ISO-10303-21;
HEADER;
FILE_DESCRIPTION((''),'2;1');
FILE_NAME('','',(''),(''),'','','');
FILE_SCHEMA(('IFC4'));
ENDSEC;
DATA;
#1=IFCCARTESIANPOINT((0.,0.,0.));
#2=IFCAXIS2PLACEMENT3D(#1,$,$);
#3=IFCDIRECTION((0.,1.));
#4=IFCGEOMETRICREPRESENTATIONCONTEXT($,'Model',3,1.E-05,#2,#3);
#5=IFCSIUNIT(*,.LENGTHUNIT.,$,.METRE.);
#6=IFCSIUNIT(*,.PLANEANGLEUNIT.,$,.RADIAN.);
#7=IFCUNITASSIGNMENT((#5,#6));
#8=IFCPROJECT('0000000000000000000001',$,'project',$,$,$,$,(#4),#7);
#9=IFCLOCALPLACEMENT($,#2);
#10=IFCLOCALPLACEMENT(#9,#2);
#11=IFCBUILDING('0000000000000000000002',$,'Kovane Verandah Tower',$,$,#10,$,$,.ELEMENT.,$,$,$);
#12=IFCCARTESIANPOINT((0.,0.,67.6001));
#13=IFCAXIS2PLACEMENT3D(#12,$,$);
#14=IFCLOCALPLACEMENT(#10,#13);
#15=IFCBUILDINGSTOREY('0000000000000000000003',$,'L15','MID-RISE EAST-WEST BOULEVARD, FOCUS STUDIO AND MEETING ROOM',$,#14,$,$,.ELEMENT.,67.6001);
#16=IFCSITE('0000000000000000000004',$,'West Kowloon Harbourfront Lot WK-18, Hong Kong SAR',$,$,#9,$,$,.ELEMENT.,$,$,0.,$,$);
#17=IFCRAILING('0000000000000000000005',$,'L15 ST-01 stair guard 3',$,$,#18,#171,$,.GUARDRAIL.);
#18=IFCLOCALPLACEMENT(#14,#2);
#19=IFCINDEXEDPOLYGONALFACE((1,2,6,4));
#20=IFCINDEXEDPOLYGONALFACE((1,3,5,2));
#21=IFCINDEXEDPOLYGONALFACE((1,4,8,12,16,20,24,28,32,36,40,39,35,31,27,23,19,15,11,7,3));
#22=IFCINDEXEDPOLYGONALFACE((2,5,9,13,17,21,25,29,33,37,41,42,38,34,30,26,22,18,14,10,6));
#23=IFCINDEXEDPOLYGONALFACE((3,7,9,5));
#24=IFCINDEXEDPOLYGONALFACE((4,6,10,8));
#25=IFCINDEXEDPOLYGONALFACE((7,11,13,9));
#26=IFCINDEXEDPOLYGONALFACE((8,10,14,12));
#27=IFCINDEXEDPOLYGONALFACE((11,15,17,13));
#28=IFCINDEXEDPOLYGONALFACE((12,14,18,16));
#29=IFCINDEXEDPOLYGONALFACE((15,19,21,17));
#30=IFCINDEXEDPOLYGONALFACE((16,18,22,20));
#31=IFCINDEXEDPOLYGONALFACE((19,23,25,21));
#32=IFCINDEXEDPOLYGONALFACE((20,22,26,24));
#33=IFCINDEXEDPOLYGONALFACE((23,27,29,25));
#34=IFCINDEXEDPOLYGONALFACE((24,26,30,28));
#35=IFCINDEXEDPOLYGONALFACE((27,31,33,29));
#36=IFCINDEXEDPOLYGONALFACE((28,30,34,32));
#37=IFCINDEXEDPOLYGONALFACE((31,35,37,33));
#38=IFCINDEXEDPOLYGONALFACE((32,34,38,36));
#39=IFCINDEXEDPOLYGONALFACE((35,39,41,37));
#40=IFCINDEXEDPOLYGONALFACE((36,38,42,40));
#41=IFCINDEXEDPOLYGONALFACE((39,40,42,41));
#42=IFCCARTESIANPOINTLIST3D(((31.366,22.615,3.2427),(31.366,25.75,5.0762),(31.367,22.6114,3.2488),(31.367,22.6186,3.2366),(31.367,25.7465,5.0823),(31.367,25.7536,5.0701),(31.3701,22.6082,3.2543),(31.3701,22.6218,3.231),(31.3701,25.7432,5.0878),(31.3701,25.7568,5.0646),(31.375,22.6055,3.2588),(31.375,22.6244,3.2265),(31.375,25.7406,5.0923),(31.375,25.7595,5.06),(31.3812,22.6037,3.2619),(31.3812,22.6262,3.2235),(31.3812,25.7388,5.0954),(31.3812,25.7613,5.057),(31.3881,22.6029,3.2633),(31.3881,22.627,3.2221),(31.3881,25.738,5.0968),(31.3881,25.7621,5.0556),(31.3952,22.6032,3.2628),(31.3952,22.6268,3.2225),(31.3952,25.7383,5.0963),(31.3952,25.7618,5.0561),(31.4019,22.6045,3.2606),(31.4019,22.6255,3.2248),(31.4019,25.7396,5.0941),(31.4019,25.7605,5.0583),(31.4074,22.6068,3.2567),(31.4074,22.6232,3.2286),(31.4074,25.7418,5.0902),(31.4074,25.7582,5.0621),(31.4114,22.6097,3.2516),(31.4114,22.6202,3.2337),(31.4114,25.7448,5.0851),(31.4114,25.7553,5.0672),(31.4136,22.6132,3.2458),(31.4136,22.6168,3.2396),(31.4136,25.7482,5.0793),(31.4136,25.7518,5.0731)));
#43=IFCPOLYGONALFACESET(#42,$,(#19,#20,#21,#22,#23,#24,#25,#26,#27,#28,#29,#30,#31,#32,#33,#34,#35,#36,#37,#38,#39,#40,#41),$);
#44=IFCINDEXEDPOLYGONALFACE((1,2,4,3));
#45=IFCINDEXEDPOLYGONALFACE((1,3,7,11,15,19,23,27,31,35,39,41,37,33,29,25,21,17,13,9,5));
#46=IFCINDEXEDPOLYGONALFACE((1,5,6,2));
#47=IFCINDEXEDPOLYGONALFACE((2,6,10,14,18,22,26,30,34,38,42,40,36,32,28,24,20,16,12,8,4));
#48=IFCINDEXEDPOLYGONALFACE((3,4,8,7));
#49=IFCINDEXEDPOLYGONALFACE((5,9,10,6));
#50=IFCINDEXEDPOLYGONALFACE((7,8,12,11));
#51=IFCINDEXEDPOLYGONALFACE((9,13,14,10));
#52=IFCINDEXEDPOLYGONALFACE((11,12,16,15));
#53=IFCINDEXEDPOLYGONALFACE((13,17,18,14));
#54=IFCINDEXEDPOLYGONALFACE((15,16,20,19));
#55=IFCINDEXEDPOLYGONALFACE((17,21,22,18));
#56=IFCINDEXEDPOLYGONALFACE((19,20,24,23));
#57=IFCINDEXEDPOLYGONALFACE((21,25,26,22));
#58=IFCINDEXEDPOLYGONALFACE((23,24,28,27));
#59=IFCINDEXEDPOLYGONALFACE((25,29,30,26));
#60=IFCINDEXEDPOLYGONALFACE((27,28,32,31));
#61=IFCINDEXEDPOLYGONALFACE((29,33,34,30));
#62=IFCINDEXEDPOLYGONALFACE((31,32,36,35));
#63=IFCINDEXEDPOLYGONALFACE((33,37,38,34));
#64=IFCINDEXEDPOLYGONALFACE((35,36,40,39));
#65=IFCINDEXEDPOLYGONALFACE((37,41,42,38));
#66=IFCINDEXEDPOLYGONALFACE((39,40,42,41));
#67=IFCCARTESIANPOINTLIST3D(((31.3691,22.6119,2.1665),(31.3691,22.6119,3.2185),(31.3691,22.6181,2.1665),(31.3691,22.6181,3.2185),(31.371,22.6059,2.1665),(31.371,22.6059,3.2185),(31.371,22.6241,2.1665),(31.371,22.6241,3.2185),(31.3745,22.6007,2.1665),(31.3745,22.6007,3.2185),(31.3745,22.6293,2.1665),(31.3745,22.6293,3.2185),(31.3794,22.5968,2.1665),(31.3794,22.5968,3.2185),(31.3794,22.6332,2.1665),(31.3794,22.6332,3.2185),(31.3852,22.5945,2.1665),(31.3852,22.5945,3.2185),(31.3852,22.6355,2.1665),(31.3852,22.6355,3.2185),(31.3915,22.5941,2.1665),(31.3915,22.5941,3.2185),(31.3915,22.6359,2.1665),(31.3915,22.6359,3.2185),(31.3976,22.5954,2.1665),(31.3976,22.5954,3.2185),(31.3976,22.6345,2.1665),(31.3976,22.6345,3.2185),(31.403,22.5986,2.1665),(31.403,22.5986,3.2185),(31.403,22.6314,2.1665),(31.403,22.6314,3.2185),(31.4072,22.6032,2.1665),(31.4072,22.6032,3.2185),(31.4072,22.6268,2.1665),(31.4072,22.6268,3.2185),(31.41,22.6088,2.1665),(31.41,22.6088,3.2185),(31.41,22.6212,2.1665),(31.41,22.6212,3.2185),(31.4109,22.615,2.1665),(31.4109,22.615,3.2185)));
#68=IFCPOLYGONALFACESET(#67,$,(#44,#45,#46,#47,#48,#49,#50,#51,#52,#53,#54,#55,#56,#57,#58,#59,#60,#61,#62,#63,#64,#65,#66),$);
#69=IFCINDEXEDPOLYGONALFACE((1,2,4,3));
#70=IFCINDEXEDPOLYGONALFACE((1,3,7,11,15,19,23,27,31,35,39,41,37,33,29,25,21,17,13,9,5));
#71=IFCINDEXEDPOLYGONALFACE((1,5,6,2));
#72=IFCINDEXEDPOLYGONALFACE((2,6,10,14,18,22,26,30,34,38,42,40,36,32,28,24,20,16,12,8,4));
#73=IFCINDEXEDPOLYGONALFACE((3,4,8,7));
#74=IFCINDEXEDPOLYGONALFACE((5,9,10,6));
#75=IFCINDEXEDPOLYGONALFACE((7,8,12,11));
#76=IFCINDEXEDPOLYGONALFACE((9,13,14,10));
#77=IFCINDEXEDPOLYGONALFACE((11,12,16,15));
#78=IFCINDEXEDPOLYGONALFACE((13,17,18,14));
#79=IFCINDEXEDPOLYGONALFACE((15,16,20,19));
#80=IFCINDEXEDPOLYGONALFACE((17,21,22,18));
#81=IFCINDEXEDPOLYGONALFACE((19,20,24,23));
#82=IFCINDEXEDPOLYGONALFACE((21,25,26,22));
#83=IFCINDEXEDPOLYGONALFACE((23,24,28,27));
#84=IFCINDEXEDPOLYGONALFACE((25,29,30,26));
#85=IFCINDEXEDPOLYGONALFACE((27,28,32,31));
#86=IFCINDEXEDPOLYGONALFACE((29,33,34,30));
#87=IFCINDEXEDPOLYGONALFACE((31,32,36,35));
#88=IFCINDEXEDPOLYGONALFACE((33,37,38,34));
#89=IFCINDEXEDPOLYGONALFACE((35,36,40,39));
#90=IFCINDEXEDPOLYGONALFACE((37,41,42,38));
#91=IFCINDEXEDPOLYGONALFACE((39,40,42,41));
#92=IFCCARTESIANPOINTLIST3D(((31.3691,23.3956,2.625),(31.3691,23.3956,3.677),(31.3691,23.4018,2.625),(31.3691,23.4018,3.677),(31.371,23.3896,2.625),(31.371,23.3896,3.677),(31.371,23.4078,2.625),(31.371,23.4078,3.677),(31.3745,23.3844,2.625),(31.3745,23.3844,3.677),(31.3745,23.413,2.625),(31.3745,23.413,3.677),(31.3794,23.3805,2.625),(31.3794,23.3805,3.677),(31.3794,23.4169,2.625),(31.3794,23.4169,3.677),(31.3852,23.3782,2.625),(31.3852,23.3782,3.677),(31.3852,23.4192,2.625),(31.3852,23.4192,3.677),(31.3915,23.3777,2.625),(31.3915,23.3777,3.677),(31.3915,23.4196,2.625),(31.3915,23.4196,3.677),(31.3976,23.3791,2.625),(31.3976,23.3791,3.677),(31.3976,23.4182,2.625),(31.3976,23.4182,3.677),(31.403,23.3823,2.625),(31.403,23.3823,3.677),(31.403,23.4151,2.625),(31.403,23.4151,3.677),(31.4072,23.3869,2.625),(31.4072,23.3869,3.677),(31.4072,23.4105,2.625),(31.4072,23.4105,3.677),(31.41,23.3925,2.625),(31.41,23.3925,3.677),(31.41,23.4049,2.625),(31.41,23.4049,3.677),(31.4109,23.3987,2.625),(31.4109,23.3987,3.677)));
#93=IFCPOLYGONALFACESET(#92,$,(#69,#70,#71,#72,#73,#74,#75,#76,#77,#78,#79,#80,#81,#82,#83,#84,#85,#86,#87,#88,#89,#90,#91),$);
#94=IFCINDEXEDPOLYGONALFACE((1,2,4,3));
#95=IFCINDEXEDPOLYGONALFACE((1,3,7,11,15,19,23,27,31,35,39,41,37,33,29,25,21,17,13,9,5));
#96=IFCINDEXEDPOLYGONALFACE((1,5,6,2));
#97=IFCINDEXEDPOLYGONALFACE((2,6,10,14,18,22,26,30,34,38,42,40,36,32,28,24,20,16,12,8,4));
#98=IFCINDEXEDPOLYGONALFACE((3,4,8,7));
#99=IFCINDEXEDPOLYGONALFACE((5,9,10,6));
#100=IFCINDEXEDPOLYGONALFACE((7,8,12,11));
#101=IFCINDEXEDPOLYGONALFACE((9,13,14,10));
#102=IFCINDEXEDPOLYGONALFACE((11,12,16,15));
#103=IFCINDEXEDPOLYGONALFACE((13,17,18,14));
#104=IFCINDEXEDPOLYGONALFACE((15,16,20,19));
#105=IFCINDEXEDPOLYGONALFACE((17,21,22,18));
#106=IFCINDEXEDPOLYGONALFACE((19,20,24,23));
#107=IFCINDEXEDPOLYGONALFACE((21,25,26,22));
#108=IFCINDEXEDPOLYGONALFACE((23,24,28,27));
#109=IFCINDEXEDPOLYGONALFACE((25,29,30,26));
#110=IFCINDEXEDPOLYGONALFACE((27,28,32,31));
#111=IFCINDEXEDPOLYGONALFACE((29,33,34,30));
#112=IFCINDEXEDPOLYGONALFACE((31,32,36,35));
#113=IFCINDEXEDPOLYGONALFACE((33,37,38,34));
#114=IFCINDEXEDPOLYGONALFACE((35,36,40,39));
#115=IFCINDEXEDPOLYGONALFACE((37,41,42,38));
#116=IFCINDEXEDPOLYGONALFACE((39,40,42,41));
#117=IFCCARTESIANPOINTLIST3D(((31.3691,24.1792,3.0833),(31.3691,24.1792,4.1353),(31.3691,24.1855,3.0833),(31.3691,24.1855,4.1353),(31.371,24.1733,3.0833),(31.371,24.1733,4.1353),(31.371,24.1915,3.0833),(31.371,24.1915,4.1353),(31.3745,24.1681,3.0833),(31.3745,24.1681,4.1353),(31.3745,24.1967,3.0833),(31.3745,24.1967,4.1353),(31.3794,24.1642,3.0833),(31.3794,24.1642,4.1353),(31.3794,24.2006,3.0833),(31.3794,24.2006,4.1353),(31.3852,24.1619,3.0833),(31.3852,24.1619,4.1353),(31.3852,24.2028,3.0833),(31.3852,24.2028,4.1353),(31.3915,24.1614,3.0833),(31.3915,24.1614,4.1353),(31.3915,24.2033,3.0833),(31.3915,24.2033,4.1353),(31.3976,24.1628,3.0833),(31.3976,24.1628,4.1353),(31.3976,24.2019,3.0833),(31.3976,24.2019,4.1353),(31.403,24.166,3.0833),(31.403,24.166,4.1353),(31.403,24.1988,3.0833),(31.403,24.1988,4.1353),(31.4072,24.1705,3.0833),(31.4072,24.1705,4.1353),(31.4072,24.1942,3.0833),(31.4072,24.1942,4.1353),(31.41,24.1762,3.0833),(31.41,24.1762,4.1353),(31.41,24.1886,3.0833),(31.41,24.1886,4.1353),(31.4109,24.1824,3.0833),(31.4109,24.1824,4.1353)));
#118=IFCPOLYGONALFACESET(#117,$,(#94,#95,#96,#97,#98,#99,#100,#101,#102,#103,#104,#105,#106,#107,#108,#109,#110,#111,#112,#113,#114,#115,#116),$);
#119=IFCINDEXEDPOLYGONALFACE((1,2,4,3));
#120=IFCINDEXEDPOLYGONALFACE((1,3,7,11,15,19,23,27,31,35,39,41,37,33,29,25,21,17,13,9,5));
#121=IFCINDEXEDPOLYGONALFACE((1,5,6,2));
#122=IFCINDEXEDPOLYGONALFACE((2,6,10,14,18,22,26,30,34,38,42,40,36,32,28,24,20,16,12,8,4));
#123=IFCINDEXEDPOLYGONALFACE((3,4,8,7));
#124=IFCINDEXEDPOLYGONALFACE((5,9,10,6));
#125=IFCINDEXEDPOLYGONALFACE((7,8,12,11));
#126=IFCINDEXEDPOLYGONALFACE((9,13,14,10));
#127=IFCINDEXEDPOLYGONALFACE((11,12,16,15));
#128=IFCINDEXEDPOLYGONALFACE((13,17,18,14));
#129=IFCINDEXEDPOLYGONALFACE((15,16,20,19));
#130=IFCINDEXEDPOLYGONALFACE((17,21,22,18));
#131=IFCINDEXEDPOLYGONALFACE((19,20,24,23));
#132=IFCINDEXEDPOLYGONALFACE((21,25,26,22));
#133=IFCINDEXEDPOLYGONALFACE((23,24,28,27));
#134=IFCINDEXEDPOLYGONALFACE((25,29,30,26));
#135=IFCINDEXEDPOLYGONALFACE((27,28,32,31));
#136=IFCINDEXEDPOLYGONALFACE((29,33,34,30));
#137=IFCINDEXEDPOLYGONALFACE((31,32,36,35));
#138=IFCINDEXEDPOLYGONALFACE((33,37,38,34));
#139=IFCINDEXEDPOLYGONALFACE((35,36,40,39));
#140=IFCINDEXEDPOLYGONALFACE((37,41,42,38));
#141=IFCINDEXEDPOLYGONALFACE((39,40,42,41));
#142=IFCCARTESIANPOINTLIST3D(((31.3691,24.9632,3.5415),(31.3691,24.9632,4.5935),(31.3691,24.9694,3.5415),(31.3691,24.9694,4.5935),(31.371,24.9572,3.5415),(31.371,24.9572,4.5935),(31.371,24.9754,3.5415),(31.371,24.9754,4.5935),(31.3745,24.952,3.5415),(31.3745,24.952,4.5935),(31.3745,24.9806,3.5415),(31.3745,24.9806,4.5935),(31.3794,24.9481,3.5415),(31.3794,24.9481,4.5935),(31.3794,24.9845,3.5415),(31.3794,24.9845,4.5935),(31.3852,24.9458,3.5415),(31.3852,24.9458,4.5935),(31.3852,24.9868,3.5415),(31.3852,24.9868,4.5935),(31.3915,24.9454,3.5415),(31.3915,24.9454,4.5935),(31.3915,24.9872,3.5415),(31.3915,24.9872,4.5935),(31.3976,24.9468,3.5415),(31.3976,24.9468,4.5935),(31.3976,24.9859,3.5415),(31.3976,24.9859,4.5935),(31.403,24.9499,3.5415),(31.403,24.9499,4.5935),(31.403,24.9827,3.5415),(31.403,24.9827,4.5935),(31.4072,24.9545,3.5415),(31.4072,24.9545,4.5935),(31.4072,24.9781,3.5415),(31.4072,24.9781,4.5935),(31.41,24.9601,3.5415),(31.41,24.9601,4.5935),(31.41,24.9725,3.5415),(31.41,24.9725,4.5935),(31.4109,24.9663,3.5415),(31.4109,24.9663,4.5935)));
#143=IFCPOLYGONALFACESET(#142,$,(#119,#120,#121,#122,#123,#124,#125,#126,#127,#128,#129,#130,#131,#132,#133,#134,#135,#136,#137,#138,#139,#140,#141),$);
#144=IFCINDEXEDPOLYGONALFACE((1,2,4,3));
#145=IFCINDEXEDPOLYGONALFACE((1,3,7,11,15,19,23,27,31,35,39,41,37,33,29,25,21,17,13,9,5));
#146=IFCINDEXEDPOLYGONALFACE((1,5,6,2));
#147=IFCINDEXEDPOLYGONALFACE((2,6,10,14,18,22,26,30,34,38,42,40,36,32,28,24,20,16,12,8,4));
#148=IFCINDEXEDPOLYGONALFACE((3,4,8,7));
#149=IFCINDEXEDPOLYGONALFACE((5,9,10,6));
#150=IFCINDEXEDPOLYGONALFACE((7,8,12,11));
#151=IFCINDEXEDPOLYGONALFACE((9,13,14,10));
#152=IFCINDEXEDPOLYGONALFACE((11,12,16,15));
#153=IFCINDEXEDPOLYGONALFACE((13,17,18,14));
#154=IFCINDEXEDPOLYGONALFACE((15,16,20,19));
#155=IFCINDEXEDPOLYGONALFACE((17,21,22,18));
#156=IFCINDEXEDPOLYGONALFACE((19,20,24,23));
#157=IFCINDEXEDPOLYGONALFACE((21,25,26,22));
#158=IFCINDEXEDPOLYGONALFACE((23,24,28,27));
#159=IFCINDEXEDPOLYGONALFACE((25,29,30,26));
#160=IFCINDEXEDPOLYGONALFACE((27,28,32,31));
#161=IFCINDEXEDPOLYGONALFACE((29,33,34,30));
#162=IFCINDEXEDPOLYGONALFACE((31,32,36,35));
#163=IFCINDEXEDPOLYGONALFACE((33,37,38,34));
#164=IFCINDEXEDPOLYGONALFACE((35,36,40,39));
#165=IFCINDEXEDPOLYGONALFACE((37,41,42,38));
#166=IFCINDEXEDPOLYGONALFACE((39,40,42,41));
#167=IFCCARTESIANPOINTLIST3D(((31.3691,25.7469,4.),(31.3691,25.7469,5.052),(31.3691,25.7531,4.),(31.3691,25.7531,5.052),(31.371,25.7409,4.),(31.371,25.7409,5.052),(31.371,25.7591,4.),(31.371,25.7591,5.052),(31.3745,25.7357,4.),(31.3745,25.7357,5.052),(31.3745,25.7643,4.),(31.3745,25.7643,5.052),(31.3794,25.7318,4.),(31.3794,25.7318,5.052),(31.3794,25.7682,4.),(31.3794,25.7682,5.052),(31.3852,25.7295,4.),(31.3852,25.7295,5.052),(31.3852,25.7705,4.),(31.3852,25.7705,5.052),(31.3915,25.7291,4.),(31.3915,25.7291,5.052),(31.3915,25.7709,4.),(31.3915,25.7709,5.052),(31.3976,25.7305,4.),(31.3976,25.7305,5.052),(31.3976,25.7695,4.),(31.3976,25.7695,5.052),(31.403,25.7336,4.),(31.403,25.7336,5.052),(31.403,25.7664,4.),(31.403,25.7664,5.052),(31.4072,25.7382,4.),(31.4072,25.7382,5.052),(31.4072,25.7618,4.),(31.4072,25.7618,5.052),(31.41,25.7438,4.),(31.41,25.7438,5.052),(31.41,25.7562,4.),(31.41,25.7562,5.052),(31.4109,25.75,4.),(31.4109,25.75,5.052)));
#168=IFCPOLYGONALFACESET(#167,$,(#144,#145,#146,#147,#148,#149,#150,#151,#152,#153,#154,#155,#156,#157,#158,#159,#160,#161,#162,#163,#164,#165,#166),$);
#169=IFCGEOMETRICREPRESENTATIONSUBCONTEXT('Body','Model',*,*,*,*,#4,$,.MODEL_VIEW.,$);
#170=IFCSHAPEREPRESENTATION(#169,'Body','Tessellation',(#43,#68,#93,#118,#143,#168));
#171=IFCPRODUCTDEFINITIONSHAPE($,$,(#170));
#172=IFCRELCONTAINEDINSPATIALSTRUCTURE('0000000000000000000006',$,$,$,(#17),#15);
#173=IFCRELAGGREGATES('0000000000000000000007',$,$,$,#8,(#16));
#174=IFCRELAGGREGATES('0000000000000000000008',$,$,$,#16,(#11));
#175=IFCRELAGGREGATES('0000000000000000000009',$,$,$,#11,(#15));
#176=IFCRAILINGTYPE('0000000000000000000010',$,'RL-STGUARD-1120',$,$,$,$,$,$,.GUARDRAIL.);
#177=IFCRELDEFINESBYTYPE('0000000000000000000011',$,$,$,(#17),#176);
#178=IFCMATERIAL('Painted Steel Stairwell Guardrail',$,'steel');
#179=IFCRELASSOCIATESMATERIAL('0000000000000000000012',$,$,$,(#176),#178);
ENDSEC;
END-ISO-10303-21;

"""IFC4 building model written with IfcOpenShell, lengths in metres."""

from ifc_helpers import new_model, si_unit, direction, frame, origin, origin_2d, place, context, subcontext, project, spatial, circle, extrude, material, type_object, element, save


model = new_model("IFC4")

# Units and contexts
model_context = context("Model", 3, precision=1e-05, world=origin(), true_north=direction((0.0, 1.0)))
body_context = subcontext(model_context, "Body", "Model", "MODEL_VIEW")
ifc_project = project(units=[si_unit("LENGTHUNIT", "METRE"), si_unit("PLANEANGLEUNIT", "RADIAN")], contexts=[model_context])

# Site, building, storey
site_placement = place(None, origin())
site = spatial("IfcSite", under=ifc_project, at=site_placement, Name="West Kowloon Harbourfront Lot WK-18, Hong Kong SAR", CompositionType="ELEMENT", RefElevation=0.0)
building_placement = place(site_placement, origin())
building = spatial("IfcBuilding", under=site, at=building_placement, Name="Kovane Verandah Tower", CompositionType="ELEMENT")
storey_placement = place(building_placement, frame((0.0, 0.0, 67.6001)))
storey = spatial("IfcBuildingStorey", under=building, at=storey_placement, Name="L15", Description="MID-RISE EAST-WEST BOULEVARD, FOCUS STUDIO AND MEETING ROOM", CompositionType="ELEMENT", Elevation=67.6001)

# Railing
ifc_material_1 = material(Name="Painted Steel Stairwell Guardrail", Category="steel")
railing_type_1 = type_object("IfcRailingType", Name="RL-STGUARD-1120", PredefinedType="GUARDRAIL", material=ifc_material_1)
railing_1_placement = place(storey_placement, frame((31.3899, 22.615, 2.1665)))
element("IfcRailing", 1, at=railing_1_placement, inside=storey, type_object=railing_type_1, Name="L15 ST-01 stair guard 3", PredefinedType="GUARDRAIL", context=body_context, shape_type="SweptSolid", body=[
    extrude(circle(Radius=0.0239, at=origin_2d()), frame((0.0, 0.0, 1.0762), z_axis=(0.0, 0.86321, 0.504845), x_axis=(-1.0, 0.0, 0.0)), (0.0, 0.0, 1.0), 3.6318),
    extrude(circle(Radius=0.021, at=origin_2d()), origin(), (0.0, 0.0, 1.0), 1.052),
    extrude(circle(Radius=0.021, at=origin_2d()), frame((0.0, 0.7837, 0.4585)), (0.0, 0.0, 1.0), 1.052),
    extrude(circle(Radius=0.021, at=origin_2d()), frame((0.0, 1.5674, 0.9167)), (0.0, 0.0, 1.0), 1.052),
    extrude(circle(Radius=0.021, at=origin_2d()), frame((0.0, 2.3513, 1.375)), (0.0, 0.0, 1.0), 1.052),
    extrude(circle(Radius=0.021, at=origin_2d()), frame((0.0, 3.135, 1.8335)), (0.0, 0.0, 1.0), 1.052),
])

save(model, "model.ifc")
